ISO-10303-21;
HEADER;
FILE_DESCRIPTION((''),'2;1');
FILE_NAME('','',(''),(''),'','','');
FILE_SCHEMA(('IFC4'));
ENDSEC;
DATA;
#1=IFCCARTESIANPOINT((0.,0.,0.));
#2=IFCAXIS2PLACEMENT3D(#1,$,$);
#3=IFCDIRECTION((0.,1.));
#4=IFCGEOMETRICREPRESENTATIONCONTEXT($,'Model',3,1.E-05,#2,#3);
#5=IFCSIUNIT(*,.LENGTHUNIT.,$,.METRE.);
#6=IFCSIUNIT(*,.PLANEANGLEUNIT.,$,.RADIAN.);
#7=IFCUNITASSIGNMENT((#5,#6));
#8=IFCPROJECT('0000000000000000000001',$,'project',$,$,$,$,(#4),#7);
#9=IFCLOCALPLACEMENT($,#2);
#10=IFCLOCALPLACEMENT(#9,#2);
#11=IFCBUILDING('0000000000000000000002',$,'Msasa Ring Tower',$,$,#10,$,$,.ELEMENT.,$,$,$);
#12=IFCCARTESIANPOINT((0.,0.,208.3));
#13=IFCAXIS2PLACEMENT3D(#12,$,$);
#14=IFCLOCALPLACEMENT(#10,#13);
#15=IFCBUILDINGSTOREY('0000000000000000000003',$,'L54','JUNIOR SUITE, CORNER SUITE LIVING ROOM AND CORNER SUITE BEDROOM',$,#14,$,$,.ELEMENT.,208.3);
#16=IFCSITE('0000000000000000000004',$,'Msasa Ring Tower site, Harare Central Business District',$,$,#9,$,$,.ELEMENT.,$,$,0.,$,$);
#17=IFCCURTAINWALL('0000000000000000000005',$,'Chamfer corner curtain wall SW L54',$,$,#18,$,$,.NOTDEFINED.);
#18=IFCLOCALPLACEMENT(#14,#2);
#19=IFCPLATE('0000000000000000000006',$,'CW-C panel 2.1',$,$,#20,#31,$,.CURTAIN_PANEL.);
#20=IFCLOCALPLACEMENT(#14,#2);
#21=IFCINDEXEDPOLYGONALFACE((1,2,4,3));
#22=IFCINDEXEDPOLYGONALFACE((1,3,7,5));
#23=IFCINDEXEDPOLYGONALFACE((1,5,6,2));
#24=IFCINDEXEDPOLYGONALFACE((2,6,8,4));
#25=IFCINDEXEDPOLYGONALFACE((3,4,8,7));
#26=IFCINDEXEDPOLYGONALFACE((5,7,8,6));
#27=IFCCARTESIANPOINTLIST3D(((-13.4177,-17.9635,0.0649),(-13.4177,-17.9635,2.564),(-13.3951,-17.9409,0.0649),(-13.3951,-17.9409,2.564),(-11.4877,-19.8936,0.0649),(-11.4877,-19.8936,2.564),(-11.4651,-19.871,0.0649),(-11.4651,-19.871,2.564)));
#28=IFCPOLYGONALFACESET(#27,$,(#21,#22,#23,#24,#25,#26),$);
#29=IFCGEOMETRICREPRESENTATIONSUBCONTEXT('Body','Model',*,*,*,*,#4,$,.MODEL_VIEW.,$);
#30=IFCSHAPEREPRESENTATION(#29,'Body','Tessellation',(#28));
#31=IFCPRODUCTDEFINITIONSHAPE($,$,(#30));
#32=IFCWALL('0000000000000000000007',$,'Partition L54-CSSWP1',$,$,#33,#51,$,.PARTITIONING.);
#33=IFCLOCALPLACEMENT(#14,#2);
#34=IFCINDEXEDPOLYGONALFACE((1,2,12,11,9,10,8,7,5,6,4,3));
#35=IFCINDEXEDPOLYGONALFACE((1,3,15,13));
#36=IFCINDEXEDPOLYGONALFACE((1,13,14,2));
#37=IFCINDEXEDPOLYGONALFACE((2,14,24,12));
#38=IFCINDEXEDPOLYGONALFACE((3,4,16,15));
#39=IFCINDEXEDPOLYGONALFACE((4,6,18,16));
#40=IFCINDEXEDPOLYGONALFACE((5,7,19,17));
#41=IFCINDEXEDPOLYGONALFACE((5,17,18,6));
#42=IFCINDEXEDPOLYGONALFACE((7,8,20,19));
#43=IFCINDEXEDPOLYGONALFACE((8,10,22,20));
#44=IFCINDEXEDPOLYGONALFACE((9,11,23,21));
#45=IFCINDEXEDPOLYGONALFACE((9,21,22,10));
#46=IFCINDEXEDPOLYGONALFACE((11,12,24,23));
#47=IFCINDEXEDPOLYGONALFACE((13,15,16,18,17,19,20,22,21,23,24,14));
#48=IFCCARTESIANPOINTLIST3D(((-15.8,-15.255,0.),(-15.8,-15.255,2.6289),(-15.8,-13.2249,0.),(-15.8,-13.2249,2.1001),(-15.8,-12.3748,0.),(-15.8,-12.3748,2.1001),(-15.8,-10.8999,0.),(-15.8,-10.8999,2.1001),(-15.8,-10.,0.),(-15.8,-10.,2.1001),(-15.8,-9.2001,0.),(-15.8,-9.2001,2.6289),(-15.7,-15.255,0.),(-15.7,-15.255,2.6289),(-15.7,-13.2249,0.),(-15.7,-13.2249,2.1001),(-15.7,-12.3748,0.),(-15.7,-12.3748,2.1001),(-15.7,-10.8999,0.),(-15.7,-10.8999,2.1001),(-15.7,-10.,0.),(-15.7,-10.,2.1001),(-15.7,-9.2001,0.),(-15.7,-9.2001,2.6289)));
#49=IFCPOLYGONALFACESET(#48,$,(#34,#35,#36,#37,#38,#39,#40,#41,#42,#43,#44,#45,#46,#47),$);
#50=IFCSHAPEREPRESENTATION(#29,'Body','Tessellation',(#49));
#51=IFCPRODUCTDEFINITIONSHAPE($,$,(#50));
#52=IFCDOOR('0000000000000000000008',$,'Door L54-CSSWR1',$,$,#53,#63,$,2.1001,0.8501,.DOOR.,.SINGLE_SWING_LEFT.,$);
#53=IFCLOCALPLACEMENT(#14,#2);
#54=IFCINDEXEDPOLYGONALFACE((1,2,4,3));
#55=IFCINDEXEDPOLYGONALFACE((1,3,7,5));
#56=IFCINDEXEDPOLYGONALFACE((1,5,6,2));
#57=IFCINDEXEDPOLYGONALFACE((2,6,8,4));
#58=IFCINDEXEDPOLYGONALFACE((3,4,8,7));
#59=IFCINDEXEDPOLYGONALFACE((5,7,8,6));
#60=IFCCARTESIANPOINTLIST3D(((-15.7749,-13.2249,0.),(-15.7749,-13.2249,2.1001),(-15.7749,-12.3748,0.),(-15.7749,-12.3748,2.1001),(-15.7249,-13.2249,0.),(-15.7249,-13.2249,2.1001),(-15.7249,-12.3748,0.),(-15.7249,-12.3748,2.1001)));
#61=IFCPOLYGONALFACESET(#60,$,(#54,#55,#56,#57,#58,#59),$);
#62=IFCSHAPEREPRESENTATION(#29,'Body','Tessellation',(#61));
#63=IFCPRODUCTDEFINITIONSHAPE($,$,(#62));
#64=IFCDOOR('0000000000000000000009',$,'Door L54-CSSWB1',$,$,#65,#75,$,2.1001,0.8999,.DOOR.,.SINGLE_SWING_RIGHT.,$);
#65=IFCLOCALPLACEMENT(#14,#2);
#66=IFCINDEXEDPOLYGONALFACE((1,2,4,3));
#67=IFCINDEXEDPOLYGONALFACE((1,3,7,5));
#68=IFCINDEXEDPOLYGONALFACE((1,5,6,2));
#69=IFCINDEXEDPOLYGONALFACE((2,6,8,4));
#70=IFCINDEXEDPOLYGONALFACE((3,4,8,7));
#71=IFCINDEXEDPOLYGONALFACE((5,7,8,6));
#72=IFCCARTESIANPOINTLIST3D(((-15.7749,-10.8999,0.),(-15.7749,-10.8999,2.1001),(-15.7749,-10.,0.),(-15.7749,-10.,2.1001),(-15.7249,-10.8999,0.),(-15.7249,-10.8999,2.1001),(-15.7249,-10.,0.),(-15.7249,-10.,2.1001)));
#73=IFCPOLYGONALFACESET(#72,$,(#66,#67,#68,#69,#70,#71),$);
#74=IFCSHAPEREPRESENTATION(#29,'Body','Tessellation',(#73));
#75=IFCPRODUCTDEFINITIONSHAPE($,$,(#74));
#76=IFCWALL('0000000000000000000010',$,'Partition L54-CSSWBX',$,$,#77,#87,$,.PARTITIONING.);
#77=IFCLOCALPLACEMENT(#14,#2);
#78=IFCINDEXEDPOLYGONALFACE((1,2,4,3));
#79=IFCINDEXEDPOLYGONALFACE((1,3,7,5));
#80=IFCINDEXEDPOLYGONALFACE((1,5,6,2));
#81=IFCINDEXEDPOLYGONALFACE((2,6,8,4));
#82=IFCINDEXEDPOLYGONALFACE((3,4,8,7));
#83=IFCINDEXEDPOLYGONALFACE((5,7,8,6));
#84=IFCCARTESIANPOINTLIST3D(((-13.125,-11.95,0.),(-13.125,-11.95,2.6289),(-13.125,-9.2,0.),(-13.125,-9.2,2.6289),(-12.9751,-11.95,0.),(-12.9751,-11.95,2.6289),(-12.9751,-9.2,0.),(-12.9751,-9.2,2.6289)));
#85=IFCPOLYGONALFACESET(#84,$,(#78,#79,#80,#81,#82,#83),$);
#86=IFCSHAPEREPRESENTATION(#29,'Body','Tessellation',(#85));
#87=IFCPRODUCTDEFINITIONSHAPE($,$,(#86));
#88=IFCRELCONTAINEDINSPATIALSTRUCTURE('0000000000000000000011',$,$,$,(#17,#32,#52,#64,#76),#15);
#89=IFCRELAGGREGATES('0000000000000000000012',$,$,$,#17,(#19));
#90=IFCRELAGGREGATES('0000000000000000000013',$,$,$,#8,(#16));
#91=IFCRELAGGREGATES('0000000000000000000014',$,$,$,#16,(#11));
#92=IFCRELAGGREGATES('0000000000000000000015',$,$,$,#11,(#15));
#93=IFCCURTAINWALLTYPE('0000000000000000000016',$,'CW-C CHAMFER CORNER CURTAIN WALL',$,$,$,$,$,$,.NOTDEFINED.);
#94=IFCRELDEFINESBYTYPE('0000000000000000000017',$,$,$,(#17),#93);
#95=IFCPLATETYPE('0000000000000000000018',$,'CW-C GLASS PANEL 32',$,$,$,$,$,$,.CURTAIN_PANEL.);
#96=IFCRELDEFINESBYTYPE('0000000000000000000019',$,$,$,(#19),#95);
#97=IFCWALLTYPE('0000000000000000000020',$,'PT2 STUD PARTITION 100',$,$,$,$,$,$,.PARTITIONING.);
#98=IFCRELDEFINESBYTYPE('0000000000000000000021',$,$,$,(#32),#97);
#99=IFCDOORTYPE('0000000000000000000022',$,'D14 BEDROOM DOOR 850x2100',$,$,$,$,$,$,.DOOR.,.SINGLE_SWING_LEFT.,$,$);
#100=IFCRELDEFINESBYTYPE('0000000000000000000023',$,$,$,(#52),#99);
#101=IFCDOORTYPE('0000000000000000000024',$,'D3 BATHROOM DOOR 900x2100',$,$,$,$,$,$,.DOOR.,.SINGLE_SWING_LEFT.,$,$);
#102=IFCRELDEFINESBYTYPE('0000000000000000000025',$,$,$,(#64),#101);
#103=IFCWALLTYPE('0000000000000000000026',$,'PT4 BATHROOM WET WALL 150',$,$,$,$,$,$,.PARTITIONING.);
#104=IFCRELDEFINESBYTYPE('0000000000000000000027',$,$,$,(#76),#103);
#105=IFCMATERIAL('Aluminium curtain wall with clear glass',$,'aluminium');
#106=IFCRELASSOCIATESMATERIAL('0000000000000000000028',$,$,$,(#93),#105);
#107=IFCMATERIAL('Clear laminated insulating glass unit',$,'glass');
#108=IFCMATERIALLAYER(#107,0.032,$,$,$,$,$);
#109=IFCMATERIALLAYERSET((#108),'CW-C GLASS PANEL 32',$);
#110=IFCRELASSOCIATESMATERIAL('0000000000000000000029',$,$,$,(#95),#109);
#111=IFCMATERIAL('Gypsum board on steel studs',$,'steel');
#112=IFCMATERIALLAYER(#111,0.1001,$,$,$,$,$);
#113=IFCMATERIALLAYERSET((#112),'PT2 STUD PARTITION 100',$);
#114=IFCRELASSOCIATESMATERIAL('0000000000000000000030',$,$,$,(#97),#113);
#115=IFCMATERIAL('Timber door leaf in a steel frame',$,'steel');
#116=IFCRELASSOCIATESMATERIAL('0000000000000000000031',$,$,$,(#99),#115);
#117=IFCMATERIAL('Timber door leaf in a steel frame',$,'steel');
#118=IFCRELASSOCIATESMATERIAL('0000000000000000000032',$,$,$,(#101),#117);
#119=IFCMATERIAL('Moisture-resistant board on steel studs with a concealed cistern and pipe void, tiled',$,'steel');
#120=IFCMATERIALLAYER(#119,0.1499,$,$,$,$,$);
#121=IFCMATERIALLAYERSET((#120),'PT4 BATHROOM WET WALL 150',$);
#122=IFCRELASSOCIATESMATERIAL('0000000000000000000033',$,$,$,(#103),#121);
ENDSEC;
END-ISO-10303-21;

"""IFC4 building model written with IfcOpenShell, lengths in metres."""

from ifc_helpers import new_model, si_unit, direction, frame, frame_2d, origin, origin_2d, place, context, subcontext, project, spatial, rectangle, extrude, material, layer, layer_set, type_object, element, fill, aggregate, save


model = new_model("IFC4")

# Units and contexts
model_context = context("Model", 3, precision=1e-05, world=origin(), true_north=direction((0.0, 1.0)))
body_context = subcontext(model_context, "Body", "Model", "MODEL_VIEW")
ifc_project = project(units=[si_unit("LENGTHUNIT", "METRE"), si_unit("PLANEANGLEUNIT", "RADIAN")], contexts=[model_context])

# Site, building, storey
site_placement = place(None, origin())
site = spatial("IfcSite", under=ifc_project, at=site_placement, Name="Msasa Ring Tower site, Harare Central Business District", CompositionType="ELEMENT", RefElevation=0.0)
building_placement = place(site_placement, origin())
building = spatial("IfcBuilding", under=site, at=building_placement, Name="Msasa Ring Tower", CompositionType="ELEMENT")
storey_placement = place(building_placement, frame((0.0, 0.0, 208.3)))
storey = spatial("IfcBuildingStorey", under=building, at=storey_placement, Name="L54", Description="JUNIOR SUITE, CORNER SUITE LIVING ROOM AND CORNER SUITE BEDROOM", CompositionType="ELEMENT", Elevation=208.3)

# Curtain wall
ifc_material_1 = material(Name="Aluminium curtain wall with clear glass", Category="aluminium")
curtain_wall_type = type_object("IfcCurtainWallType", Name="CW-C CHAMFER CORNER CURTAIN WALL", PredefinedType="NOTDEFINED", material=ifc_material_1)
curtain_wall_1_placement = place(storey_placement, origin())
curtain_wall_1 = element("IfcCurtainWall", 1, at=curtain_wall_1_placement, inside=storey, type_object=curtain_wall_type, Name="Chamfer corner curtain wall SW L54", PredefinedType="NOTDEFINED")

# Plate
ifc_material_2 = material(Name="Clear laminated insulating glass unit", Category="glass")
ifc_layer_1 = layer(ifc_material_2, 0.032)
ifc_layer_set_1 = layer_set([ifc_layer_1], Name="CW-C GLASS PANEL 32")
plate_type = type_object("IfcPlateType", Name="CW-C GLASS PANEL 32", PredefinedType="CURTAIN_PANEL", material=ifc_layer_set_1)
plate_1_placement = place(storey_placement, frame((-12.4414, -18.9172, 0.0649), z_axis=(0.0, 0.0, 1.0), x_axis=(0.707107, -0.707107, 0.0)))
plate_1 = element("IfcPlate", 2, at=plate_1_placement, type_object=plate_type, Name="CW-C panel 2.1", PredefinedType="CURTAIN_PANEL", context=body_context, shape_type="SweptSolid", body=[
    extrude(rectangle(XDim=2.7295, YDim=0.032, at=origin_2d()), origin(), (0.0, 0.0, 1.0), 2.499),
])
aggregate(curtain_wall_1, [plate_1])

# Wall, openings, doors
ifc_material_3 = material(Name="Gypsum board on steel studs", Category="steel")
ifc_layer_2 = layer(ifc_material_3, 0.1001)
ifc_layer_set_2 = layer_set([ifc_layer_2], Name="PT2 STUD PARTITION 100")
wall_type_1 = type_object("IfcWallType", Name="PT2 STUD PARTITION 100", PredefinedType="PARTITIONING", material=ifc_layer_set_2)
wall_1_placement = place(storey_placement, frame((-15.75, -15.2549, 0.0), z_axis=(0.0, 0.0, 1.0), x_axis=(0.0, 1.0, 0.0)))
wall_1 = element("IfcWall", 3, at=wall_1_placement, inside=storey, type_object=wall_type_1, Name="Partition L54-CSSWP1", PredefinedType="PARTITIONING", context=body_context, shape_type="SweptSolid", body=[
    extrude(rectangle(XDim=6.0549, YDim=0.1001, at=frame_2d((3.0273, 0.0))), origin(), (0.0, 0.0, 1.0), 2.6289),
])
opening_1_placement = place(wall_1_placement, frame((2.03, 0.0, 0.0)))
opening_1 = element("IfcOpeningElement", 4, at=opening_1_placement, cuts=wall_1, PredefinedType="OPENING", context=body_context, shape_type="SweptSolid", body=[
    extrude(rectangle(XDim=0.8501, YDim=2.1001, at=frame_2d((0.425, 1.05))), frame((0.0, 0.0601, 0.0), z_axis=(0.0, -1.0, 0.0), x_axis=(1.0, 0.0, 0.0)), (0.0, 0.0, 1.0), 0.1201),
])
opening_2_placement = place(wall_1_placement, frame((4.355, 0.0, 0.0)))
opening_2 = element("IfcOpeningElement", 5, at=opening_2_placement, cuts=wall_1, PredefinedType="OPENING", context=body_context, shape_type="SweptSolid", body=[
    extrude(rectangle(XDim=0.8999, YDim=2.1001, at=frame_2d((0.45, 1.05))), frame((0.0, 0.0601, 0.0), z_axis=(0.0, -1.0, 0.0), x_axis=(1.0, 0.0, 0.0)), (0.0, 0.0, 1.0), 0.1201),
])
ifc_material_4 = material(Name="Timber door leaf in a steel frame", Category="steel")
door_type_1 = type_object("IfcDoorType", Name="D14 BEDROOM DOOR 850x2100", OperationType="SINGLE_SWING_LEFT", PredefinedType="DOOR", material=ifc_material_4)
door_1_placement = place(opening_1_placement, origin())
door_1 = element("IfcDoor", 6, at=door_1_placement, inside=storey, type_object=door_type_1, Name="Door L54-CSSWR1", OperationType="SINGLE_SWING_LEFT", OverallHeight=2.1001, OverallWidth=0.8501, PredefinedType="DOOR", context=body_context, shape_type="SweptSolid", body=[
    extrude(rectangle(XDim=0.8501, YDim=2.1001, at=frame_2d((0.425, 1.05))), frame((0.0, 0.0249, 0.0), z_axis=(0.0, -1.0, 0.0), x_axis=(1.0, 0.0, 0.0)), (0.0, 0.0, 1.0), 0.05),
])
fill(opening_1, door_1)
ifc_material_5 = material(Name="Timber door leaf in a steel frame", Category="steel")
door_type_2 = type_object("IfcDoorType", Name="D3 BATHROOM DOOR 900x2100", OperationType="SINGLE_SWING_LEFT", PredefinedType="DOOR", material=ifc_material_5)
door_2_placement = place(opening_2_placement, origin())
door_2 = element("IfcDoor", 7, at=door_2_placement, inside=storey, type_object=door_type_2, Name="Door L54-CSSWB1", OperationType="SINGLE_SWING_RIGHT", OverallHeight=2.1001, OverallWidth=0.8999, PredefinedType="DOOR", context=body_context, shape_type="SweptSolid", body=[
    extrude(rectangle(XDim=0.8999, YDim=2.1001, at=frame_2d((0.45, 1.05))), frame((0.0, 0.0249, 0.0), z_axis=(0.0, -1.0, 0.0), x_axis=(1.0, 0.0, 0.0)), (0.0, 0.0, 1.0), 0.05),
])
fill(opening_2, door_2)

# Wall
ifc_material_6 = material(Name="Moisture-resistant board on steel studs with a concealed cistern and pipe void, tiled", Category="steel")
ifc_layer_3 = layer(ifc_material_6, 0.1499)
ifc_layer_set_3 = layer_set([ifc_layer_3], Name="PT4 BATHROOM WET WALL 150")
wall_type_2 = type_object("IfcWallType", Name="PT4 BATHROOM WET WALL 150", PredefinedType="PARTITIONING", material=ifc_layer_set_3)
wall_2_placement = place(storey_placement, frame((-13.05, -11.95, 0.0), z_axis=(0.0, 0.0, 1.0), x_axis=(0.0, 1.0, 0.0)))
element("IfcWall", 8, at=wall_2_placement, inside=storey, type_object=wall_type_2, Name="Partition L54-CSSWBX", PredefinedType="PARTITIONING", context=body_context, shape_type="SweptSolid", body=[
    extrude(rectangle(XDim=2.75, YDim=0.1499, at=frame_2d((1.375, 0.0))), origin(), (0.0, 0.0, 1.0), 2.6289),
])

save(model, "model.ifc")
